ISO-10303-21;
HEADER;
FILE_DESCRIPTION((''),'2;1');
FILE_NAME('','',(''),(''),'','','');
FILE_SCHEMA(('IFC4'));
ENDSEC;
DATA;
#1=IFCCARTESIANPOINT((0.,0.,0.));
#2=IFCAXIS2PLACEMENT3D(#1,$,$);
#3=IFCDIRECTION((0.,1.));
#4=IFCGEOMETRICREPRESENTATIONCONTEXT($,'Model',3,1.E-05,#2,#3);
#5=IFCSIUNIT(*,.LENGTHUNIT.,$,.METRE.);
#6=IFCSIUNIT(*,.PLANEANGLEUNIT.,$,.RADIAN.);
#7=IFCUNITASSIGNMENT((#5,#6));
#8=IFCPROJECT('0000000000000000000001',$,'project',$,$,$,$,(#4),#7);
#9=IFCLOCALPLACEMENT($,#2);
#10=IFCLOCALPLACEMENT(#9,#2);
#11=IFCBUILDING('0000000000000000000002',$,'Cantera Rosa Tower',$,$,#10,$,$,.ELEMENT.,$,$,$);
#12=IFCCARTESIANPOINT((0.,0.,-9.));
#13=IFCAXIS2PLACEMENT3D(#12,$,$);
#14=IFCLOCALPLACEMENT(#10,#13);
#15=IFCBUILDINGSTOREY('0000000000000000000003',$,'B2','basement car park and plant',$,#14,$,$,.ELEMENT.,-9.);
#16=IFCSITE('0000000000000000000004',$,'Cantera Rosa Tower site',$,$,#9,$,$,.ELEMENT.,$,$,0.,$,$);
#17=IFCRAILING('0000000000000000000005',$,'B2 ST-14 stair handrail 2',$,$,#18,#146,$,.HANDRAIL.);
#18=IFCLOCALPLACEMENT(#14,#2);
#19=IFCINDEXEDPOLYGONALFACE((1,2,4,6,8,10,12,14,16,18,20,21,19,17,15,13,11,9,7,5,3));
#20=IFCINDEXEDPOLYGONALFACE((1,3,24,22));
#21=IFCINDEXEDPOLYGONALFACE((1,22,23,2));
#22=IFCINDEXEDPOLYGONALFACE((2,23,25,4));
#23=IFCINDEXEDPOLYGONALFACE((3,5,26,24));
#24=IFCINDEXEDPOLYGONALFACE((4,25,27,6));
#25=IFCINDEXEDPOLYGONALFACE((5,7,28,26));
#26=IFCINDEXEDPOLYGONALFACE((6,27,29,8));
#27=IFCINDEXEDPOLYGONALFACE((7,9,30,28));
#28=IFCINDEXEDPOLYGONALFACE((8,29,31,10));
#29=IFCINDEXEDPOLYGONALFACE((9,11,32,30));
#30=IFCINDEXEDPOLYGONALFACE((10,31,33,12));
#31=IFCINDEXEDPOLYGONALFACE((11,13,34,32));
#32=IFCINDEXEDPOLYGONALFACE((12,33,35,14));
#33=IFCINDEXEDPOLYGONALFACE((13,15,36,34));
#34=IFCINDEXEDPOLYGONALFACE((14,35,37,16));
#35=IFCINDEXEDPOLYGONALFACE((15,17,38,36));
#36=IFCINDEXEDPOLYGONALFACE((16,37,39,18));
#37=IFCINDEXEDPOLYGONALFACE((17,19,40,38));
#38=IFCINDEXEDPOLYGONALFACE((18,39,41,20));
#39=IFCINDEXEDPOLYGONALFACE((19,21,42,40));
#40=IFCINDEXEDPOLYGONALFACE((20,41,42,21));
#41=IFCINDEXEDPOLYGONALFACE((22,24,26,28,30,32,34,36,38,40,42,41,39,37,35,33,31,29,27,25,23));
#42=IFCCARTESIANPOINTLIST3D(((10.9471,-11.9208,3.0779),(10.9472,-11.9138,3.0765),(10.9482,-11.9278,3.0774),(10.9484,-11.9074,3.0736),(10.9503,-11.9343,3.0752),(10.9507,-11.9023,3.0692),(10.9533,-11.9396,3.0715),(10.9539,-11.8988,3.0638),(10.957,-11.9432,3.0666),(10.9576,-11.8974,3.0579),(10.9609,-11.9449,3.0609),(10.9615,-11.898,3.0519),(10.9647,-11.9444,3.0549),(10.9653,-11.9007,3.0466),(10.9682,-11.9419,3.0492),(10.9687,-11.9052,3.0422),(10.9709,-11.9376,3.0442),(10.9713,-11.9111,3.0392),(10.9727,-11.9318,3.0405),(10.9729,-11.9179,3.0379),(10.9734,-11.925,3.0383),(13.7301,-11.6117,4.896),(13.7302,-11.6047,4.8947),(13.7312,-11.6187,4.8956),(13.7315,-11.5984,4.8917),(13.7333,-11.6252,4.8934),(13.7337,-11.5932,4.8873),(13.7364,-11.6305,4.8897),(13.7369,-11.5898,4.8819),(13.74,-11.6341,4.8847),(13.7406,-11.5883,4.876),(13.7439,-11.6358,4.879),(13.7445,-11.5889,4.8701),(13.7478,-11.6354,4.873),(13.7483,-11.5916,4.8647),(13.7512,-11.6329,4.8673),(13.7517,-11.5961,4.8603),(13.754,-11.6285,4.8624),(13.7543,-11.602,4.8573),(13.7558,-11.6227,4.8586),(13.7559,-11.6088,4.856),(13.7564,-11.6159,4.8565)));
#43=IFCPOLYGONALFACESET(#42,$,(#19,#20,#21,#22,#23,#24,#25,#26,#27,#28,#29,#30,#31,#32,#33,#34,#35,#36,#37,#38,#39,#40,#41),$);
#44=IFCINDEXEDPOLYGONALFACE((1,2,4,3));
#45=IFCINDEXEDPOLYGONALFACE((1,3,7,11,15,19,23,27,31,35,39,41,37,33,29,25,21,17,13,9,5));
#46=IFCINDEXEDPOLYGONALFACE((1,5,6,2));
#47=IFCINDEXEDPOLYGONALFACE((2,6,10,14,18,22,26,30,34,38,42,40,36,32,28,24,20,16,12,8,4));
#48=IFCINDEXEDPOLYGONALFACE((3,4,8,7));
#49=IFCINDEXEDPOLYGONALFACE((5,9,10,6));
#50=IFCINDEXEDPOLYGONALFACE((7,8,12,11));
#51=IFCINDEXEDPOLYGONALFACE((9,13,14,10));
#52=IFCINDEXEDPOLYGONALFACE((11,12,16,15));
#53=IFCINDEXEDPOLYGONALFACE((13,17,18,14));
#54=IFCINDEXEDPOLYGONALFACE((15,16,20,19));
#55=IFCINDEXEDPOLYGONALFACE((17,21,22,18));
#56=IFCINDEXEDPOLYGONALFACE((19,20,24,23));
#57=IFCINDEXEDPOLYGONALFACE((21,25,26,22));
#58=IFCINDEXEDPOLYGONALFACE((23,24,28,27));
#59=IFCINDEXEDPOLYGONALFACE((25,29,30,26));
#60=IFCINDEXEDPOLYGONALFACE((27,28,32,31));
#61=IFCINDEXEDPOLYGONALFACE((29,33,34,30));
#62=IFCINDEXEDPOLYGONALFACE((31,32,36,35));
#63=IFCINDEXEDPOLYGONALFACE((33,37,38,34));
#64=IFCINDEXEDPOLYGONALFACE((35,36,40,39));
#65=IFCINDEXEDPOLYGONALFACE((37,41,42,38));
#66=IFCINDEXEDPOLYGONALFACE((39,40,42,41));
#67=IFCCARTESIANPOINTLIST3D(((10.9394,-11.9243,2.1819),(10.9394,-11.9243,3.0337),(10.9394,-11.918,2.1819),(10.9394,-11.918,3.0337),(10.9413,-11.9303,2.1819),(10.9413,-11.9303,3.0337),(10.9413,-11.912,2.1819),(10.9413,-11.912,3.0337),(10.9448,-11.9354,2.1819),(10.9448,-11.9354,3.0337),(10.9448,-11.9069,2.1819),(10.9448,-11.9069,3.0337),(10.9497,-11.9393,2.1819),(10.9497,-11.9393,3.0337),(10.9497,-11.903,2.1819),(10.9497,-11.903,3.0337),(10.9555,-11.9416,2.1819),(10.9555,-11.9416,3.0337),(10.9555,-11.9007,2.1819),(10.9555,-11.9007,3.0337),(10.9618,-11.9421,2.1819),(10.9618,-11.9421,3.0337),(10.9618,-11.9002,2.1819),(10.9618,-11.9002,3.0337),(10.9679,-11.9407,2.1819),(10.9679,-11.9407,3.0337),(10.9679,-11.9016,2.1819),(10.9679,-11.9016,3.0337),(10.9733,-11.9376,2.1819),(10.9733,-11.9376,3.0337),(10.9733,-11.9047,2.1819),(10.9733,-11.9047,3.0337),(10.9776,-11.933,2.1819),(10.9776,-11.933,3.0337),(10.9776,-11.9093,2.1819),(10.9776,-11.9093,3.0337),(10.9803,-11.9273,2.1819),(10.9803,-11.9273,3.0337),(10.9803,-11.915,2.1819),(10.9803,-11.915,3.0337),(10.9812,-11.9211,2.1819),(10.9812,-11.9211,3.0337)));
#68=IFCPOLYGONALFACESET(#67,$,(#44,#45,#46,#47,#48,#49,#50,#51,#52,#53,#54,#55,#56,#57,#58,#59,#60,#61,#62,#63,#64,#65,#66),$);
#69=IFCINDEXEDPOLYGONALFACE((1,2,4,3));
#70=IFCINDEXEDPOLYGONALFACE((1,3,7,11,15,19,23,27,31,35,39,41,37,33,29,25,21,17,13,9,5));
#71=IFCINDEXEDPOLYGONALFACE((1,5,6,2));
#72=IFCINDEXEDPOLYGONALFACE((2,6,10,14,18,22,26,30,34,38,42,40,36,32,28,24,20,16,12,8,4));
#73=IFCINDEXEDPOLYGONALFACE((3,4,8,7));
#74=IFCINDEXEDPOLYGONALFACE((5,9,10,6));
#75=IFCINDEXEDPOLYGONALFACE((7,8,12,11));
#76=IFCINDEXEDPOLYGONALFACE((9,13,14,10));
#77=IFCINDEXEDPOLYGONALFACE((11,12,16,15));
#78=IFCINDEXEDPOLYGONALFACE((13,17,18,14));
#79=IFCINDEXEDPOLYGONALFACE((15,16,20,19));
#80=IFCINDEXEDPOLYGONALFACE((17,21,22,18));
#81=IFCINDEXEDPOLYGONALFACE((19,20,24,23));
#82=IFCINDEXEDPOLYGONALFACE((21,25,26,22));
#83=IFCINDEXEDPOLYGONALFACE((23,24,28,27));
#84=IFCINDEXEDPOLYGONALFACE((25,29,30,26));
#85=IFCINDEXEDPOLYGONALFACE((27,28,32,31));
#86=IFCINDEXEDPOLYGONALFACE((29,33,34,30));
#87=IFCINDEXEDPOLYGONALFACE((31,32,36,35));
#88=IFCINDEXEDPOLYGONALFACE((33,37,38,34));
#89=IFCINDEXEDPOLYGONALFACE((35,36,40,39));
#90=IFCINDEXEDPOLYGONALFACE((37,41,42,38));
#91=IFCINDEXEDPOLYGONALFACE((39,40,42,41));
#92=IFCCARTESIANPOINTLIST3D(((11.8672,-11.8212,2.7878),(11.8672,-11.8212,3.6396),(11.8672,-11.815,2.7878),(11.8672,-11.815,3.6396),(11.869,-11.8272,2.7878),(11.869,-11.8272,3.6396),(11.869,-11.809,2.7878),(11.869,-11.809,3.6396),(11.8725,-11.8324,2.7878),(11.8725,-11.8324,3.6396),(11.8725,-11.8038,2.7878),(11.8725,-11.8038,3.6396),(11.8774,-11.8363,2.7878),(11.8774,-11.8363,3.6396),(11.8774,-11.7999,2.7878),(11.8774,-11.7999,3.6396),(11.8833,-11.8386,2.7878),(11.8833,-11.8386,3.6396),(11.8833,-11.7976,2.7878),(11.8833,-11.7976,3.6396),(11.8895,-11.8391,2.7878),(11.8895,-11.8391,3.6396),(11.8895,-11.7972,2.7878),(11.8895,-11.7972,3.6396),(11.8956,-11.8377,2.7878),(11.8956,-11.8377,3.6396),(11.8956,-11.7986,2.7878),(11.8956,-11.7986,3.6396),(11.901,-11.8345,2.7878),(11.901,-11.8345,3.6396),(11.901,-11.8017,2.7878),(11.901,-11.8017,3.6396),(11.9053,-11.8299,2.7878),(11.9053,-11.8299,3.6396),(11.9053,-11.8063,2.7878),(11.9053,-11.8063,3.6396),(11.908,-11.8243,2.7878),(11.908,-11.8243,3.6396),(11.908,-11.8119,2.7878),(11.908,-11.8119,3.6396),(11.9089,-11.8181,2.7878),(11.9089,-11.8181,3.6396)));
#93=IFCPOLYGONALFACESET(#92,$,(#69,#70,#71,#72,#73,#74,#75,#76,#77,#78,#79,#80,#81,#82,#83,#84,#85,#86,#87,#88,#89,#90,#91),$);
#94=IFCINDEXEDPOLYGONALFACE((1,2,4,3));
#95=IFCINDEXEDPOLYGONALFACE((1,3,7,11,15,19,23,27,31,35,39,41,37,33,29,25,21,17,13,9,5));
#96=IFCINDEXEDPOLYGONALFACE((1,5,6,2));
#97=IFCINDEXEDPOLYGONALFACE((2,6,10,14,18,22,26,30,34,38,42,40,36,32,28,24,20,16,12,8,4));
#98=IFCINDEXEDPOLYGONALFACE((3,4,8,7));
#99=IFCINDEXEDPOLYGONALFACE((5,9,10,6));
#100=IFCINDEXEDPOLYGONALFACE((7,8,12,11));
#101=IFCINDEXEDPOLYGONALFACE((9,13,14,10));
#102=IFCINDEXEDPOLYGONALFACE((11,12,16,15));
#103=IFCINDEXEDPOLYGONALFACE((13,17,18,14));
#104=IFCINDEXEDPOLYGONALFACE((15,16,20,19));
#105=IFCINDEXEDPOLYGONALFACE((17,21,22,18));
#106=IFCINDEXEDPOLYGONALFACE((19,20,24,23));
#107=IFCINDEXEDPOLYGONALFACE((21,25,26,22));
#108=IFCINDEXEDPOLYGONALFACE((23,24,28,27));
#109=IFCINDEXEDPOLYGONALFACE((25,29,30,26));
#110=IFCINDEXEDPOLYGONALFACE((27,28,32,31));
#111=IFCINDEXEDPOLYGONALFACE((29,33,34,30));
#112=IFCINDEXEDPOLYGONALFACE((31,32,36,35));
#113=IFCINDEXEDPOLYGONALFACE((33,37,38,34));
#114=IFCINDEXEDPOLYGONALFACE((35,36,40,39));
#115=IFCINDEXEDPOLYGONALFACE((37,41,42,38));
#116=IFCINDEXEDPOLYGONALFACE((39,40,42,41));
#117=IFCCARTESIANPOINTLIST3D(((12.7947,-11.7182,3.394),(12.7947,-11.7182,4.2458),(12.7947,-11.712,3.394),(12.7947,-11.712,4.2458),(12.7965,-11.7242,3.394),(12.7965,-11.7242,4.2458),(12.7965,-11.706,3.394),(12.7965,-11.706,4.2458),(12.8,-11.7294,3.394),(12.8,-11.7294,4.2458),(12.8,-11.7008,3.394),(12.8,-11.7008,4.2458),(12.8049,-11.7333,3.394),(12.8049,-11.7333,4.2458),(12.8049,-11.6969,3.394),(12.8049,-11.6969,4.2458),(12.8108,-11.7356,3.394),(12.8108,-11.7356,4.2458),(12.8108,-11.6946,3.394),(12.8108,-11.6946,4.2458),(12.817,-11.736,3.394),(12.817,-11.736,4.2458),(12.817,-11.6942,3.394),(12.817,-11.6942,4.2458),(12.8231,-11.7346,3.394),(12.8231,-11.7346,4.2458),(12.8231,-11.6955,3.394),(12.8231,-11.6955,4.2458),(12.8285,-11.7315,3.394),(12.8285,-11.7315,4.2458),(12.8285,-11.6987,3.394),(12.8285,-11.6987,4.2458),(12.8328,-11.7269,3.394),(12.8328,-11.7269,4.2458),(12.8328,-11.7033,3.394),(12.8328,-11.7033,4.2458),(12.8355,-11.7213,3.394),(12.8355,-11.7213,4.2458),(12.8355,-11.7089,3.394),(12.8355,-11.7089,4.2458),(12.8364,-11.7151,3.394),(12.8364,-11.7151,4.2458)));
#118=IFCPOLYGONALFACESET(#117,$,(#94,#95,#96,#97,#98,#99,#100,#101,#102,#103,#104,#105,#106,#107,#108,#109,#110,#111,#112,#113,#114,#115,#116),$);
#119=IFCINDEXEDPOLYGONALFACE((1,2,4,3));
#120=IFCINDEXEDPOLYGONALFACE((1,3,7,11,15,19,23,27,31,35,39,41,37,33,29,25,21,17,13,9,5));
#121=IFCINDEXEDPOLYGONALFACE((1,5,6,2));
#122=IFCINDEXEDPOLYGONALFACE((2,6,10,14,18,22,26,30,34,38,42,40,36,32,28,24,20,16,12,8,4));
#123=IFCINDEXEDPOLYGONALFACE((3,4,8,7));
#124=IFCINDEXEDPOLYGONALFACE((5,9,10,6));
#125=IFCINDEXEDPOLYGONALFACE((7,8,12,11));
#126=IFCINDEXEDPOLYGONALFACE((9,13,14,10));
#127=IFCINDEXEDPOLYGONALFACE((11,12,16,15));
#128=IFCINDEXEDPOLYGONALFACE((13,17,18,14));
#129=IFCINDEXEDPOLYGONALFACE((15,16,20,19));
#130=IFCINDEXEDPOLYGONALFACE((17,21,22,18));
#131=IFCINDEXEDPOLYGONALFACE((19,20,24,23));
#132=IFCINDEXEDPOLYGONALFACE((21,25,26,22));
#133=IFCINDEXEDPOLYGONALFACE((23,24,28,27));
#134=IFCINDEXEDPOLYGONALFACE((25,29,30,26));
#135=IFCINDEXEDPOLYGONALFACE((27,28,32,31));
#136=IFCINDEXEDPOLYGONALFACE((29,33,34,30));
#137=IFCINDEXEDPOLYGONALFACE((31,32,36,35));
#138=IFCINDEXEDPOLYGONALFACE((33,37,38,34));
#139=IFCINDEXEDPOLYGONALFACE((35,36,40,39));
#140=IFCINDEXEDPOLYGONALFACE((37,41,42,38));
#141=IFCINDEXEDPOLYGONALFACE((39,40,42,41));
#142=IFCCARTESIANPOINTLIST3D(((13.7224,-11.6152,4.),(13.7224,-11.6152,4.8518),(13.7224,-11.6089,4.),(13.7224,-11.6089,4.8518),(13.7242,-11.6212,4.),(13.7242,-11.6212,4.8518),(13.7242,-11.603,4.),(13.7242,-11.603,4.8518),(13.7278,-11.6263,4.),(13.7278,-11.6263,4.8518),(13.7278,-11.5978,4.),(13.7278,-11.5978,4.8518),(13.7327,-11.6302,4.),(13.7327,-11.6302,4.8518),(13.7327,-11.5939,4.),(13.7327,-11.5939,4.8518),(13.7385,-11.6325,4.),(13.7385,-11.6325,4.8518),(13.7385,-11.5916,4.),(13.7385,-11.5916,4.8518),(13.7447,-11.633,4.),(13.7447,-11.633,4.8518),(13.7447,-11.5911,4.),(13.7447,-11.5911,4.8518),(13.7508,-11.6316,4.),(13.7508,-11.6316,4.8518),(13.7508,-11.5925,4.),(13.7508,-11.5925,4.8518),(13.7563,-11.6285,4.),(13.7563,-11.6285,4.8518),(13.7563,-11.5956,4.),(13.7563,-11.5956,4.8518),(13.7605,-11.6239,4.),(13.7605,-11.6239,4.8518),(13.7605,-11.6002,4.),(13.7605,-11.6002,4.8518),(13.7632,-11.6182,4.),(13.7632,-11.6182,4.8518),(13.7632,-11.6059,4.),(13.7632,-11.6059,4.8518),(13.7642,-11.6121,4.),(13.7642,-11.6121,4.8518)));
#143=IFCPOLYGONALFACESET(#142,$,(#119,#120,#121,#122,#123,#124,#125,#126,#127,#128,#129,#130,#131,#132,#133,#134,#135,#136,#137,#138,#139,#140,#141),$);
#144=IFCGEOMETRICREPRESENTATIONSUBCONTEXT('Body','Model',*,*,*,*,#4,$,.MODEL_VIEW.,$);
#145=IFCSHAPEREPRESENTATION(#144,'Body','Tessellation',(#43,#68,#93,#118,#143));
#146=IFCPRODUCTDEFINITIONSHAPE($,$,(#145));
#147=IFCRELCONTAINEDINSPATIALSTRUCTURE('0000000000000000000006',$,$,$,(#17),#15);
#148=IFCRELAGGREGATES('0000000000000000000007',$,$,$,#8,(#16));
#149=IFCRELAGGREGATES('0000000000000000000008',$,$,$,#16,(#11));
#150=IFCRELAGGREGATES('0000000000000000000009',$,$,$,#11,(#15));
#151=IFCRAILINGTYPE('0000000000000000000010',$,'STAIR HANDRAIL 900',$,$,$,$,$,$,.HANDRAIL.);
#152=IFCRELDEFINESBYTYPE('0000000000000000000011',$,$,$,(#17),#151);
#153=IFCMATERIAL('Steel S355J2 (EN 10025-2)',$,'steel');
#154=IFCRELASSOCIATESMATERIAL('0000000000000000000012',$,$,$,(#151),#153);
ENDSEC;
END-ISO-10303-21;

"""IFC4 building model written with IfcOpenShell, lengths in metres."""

from ifc_helpers import new_model, si_unit, direction, frame, origin, origin_2d, place, context, subcontext, project, spatial, circle, extrude, material, type_object, element, save


model = new_model("IFC4")

# Units and contexts
model_context = context("Model", 3, precision=1e-05, world=origin(), true_north=direction((0.0, 1.0)))
body_context = subcontext(model_context, "Body", "Model", "MODEL_VIEW")
ifc_project = project(units=[si_unit("LENGTHUNIT", "METRE"), si_unit("PLANEANGLEUNIT", "RADIAN")], contexts=[model_context])

# Site, building, storey
site_placement = place(None, origin())
site = spatial("IfcSite", under=ifc_project, at=site_placement, Name="Cantera Rosa Tower site", CompositionType="ELEMENT", RefElevation=0.0)
building_placement = place(site_placement, origin())
building = spatial("IfcBuilding", under=site, at=building_placement, Name="Cantera Rosa Tower", CompositionType="ELEMENT")
storey_placement = place(building_placement, frame((0.0, 0.0, -9.0)))
storey = spatial("IfcBuildingStorey", under=building, at=storey_placement, Name="B2", Description="basement car park and plant", CompositionType="ELEMENT", Elevation=-9.0)

# Railing
ifc_material_1 = material(Name="Steel S355J2 (EN 10025-2)", Category="steel")
railing_type_1 = type_object("IfcRailingType", Name="STAIR HANDRAIL 900", PredefinedType="HANDRAIL", material=ifc_material_1)
railing_1_placement = place(storey_placement, frame((10.9602, -11.9211, 2.1819)))
element("IfcRailing", 1, at=railing_1_placement, inside=storey, type_object=railing_type_1, Name="B2 ST-14 stair handrail 2", PredefinedType="HANDRAIL", context=body_context, shape_type="SweptSolid", body=[
    extrude(circle(Radius=0.0239, at=origin_2d()), frame((0.0, 0.0, 0.876), z_axis=(0.833582, 0.09258, 0.544582), x_axis=(-0.110384, 0.993889, 0.0)), (0.0, 0.0, 1.0), 3.3386),
    extrude(circle(Radius=0.021, at=origin_2d()), origin(), (0.0, 0.0, 1.0), 0.8518),
    extrude(circle(Radius=0.021, at=origin_2d()), frame((0.9277, 0.103, 0.606)), (0.0, 0.0, 1.0), 0.8518),
    extrude(circle(Radius=0.021, at=origin_2d()), frame((1.8552, 0.2061, 1.2122)), (0.0, 0.0, 1.0), 0.8518),
    extrude(circle(Radius=0.021, at=origin_2d()), frame((2.783, 0.3091, 1.8181)), (0.0, 0.0, 1.0), 0.8518),
])

save(model, "model.ifc")
